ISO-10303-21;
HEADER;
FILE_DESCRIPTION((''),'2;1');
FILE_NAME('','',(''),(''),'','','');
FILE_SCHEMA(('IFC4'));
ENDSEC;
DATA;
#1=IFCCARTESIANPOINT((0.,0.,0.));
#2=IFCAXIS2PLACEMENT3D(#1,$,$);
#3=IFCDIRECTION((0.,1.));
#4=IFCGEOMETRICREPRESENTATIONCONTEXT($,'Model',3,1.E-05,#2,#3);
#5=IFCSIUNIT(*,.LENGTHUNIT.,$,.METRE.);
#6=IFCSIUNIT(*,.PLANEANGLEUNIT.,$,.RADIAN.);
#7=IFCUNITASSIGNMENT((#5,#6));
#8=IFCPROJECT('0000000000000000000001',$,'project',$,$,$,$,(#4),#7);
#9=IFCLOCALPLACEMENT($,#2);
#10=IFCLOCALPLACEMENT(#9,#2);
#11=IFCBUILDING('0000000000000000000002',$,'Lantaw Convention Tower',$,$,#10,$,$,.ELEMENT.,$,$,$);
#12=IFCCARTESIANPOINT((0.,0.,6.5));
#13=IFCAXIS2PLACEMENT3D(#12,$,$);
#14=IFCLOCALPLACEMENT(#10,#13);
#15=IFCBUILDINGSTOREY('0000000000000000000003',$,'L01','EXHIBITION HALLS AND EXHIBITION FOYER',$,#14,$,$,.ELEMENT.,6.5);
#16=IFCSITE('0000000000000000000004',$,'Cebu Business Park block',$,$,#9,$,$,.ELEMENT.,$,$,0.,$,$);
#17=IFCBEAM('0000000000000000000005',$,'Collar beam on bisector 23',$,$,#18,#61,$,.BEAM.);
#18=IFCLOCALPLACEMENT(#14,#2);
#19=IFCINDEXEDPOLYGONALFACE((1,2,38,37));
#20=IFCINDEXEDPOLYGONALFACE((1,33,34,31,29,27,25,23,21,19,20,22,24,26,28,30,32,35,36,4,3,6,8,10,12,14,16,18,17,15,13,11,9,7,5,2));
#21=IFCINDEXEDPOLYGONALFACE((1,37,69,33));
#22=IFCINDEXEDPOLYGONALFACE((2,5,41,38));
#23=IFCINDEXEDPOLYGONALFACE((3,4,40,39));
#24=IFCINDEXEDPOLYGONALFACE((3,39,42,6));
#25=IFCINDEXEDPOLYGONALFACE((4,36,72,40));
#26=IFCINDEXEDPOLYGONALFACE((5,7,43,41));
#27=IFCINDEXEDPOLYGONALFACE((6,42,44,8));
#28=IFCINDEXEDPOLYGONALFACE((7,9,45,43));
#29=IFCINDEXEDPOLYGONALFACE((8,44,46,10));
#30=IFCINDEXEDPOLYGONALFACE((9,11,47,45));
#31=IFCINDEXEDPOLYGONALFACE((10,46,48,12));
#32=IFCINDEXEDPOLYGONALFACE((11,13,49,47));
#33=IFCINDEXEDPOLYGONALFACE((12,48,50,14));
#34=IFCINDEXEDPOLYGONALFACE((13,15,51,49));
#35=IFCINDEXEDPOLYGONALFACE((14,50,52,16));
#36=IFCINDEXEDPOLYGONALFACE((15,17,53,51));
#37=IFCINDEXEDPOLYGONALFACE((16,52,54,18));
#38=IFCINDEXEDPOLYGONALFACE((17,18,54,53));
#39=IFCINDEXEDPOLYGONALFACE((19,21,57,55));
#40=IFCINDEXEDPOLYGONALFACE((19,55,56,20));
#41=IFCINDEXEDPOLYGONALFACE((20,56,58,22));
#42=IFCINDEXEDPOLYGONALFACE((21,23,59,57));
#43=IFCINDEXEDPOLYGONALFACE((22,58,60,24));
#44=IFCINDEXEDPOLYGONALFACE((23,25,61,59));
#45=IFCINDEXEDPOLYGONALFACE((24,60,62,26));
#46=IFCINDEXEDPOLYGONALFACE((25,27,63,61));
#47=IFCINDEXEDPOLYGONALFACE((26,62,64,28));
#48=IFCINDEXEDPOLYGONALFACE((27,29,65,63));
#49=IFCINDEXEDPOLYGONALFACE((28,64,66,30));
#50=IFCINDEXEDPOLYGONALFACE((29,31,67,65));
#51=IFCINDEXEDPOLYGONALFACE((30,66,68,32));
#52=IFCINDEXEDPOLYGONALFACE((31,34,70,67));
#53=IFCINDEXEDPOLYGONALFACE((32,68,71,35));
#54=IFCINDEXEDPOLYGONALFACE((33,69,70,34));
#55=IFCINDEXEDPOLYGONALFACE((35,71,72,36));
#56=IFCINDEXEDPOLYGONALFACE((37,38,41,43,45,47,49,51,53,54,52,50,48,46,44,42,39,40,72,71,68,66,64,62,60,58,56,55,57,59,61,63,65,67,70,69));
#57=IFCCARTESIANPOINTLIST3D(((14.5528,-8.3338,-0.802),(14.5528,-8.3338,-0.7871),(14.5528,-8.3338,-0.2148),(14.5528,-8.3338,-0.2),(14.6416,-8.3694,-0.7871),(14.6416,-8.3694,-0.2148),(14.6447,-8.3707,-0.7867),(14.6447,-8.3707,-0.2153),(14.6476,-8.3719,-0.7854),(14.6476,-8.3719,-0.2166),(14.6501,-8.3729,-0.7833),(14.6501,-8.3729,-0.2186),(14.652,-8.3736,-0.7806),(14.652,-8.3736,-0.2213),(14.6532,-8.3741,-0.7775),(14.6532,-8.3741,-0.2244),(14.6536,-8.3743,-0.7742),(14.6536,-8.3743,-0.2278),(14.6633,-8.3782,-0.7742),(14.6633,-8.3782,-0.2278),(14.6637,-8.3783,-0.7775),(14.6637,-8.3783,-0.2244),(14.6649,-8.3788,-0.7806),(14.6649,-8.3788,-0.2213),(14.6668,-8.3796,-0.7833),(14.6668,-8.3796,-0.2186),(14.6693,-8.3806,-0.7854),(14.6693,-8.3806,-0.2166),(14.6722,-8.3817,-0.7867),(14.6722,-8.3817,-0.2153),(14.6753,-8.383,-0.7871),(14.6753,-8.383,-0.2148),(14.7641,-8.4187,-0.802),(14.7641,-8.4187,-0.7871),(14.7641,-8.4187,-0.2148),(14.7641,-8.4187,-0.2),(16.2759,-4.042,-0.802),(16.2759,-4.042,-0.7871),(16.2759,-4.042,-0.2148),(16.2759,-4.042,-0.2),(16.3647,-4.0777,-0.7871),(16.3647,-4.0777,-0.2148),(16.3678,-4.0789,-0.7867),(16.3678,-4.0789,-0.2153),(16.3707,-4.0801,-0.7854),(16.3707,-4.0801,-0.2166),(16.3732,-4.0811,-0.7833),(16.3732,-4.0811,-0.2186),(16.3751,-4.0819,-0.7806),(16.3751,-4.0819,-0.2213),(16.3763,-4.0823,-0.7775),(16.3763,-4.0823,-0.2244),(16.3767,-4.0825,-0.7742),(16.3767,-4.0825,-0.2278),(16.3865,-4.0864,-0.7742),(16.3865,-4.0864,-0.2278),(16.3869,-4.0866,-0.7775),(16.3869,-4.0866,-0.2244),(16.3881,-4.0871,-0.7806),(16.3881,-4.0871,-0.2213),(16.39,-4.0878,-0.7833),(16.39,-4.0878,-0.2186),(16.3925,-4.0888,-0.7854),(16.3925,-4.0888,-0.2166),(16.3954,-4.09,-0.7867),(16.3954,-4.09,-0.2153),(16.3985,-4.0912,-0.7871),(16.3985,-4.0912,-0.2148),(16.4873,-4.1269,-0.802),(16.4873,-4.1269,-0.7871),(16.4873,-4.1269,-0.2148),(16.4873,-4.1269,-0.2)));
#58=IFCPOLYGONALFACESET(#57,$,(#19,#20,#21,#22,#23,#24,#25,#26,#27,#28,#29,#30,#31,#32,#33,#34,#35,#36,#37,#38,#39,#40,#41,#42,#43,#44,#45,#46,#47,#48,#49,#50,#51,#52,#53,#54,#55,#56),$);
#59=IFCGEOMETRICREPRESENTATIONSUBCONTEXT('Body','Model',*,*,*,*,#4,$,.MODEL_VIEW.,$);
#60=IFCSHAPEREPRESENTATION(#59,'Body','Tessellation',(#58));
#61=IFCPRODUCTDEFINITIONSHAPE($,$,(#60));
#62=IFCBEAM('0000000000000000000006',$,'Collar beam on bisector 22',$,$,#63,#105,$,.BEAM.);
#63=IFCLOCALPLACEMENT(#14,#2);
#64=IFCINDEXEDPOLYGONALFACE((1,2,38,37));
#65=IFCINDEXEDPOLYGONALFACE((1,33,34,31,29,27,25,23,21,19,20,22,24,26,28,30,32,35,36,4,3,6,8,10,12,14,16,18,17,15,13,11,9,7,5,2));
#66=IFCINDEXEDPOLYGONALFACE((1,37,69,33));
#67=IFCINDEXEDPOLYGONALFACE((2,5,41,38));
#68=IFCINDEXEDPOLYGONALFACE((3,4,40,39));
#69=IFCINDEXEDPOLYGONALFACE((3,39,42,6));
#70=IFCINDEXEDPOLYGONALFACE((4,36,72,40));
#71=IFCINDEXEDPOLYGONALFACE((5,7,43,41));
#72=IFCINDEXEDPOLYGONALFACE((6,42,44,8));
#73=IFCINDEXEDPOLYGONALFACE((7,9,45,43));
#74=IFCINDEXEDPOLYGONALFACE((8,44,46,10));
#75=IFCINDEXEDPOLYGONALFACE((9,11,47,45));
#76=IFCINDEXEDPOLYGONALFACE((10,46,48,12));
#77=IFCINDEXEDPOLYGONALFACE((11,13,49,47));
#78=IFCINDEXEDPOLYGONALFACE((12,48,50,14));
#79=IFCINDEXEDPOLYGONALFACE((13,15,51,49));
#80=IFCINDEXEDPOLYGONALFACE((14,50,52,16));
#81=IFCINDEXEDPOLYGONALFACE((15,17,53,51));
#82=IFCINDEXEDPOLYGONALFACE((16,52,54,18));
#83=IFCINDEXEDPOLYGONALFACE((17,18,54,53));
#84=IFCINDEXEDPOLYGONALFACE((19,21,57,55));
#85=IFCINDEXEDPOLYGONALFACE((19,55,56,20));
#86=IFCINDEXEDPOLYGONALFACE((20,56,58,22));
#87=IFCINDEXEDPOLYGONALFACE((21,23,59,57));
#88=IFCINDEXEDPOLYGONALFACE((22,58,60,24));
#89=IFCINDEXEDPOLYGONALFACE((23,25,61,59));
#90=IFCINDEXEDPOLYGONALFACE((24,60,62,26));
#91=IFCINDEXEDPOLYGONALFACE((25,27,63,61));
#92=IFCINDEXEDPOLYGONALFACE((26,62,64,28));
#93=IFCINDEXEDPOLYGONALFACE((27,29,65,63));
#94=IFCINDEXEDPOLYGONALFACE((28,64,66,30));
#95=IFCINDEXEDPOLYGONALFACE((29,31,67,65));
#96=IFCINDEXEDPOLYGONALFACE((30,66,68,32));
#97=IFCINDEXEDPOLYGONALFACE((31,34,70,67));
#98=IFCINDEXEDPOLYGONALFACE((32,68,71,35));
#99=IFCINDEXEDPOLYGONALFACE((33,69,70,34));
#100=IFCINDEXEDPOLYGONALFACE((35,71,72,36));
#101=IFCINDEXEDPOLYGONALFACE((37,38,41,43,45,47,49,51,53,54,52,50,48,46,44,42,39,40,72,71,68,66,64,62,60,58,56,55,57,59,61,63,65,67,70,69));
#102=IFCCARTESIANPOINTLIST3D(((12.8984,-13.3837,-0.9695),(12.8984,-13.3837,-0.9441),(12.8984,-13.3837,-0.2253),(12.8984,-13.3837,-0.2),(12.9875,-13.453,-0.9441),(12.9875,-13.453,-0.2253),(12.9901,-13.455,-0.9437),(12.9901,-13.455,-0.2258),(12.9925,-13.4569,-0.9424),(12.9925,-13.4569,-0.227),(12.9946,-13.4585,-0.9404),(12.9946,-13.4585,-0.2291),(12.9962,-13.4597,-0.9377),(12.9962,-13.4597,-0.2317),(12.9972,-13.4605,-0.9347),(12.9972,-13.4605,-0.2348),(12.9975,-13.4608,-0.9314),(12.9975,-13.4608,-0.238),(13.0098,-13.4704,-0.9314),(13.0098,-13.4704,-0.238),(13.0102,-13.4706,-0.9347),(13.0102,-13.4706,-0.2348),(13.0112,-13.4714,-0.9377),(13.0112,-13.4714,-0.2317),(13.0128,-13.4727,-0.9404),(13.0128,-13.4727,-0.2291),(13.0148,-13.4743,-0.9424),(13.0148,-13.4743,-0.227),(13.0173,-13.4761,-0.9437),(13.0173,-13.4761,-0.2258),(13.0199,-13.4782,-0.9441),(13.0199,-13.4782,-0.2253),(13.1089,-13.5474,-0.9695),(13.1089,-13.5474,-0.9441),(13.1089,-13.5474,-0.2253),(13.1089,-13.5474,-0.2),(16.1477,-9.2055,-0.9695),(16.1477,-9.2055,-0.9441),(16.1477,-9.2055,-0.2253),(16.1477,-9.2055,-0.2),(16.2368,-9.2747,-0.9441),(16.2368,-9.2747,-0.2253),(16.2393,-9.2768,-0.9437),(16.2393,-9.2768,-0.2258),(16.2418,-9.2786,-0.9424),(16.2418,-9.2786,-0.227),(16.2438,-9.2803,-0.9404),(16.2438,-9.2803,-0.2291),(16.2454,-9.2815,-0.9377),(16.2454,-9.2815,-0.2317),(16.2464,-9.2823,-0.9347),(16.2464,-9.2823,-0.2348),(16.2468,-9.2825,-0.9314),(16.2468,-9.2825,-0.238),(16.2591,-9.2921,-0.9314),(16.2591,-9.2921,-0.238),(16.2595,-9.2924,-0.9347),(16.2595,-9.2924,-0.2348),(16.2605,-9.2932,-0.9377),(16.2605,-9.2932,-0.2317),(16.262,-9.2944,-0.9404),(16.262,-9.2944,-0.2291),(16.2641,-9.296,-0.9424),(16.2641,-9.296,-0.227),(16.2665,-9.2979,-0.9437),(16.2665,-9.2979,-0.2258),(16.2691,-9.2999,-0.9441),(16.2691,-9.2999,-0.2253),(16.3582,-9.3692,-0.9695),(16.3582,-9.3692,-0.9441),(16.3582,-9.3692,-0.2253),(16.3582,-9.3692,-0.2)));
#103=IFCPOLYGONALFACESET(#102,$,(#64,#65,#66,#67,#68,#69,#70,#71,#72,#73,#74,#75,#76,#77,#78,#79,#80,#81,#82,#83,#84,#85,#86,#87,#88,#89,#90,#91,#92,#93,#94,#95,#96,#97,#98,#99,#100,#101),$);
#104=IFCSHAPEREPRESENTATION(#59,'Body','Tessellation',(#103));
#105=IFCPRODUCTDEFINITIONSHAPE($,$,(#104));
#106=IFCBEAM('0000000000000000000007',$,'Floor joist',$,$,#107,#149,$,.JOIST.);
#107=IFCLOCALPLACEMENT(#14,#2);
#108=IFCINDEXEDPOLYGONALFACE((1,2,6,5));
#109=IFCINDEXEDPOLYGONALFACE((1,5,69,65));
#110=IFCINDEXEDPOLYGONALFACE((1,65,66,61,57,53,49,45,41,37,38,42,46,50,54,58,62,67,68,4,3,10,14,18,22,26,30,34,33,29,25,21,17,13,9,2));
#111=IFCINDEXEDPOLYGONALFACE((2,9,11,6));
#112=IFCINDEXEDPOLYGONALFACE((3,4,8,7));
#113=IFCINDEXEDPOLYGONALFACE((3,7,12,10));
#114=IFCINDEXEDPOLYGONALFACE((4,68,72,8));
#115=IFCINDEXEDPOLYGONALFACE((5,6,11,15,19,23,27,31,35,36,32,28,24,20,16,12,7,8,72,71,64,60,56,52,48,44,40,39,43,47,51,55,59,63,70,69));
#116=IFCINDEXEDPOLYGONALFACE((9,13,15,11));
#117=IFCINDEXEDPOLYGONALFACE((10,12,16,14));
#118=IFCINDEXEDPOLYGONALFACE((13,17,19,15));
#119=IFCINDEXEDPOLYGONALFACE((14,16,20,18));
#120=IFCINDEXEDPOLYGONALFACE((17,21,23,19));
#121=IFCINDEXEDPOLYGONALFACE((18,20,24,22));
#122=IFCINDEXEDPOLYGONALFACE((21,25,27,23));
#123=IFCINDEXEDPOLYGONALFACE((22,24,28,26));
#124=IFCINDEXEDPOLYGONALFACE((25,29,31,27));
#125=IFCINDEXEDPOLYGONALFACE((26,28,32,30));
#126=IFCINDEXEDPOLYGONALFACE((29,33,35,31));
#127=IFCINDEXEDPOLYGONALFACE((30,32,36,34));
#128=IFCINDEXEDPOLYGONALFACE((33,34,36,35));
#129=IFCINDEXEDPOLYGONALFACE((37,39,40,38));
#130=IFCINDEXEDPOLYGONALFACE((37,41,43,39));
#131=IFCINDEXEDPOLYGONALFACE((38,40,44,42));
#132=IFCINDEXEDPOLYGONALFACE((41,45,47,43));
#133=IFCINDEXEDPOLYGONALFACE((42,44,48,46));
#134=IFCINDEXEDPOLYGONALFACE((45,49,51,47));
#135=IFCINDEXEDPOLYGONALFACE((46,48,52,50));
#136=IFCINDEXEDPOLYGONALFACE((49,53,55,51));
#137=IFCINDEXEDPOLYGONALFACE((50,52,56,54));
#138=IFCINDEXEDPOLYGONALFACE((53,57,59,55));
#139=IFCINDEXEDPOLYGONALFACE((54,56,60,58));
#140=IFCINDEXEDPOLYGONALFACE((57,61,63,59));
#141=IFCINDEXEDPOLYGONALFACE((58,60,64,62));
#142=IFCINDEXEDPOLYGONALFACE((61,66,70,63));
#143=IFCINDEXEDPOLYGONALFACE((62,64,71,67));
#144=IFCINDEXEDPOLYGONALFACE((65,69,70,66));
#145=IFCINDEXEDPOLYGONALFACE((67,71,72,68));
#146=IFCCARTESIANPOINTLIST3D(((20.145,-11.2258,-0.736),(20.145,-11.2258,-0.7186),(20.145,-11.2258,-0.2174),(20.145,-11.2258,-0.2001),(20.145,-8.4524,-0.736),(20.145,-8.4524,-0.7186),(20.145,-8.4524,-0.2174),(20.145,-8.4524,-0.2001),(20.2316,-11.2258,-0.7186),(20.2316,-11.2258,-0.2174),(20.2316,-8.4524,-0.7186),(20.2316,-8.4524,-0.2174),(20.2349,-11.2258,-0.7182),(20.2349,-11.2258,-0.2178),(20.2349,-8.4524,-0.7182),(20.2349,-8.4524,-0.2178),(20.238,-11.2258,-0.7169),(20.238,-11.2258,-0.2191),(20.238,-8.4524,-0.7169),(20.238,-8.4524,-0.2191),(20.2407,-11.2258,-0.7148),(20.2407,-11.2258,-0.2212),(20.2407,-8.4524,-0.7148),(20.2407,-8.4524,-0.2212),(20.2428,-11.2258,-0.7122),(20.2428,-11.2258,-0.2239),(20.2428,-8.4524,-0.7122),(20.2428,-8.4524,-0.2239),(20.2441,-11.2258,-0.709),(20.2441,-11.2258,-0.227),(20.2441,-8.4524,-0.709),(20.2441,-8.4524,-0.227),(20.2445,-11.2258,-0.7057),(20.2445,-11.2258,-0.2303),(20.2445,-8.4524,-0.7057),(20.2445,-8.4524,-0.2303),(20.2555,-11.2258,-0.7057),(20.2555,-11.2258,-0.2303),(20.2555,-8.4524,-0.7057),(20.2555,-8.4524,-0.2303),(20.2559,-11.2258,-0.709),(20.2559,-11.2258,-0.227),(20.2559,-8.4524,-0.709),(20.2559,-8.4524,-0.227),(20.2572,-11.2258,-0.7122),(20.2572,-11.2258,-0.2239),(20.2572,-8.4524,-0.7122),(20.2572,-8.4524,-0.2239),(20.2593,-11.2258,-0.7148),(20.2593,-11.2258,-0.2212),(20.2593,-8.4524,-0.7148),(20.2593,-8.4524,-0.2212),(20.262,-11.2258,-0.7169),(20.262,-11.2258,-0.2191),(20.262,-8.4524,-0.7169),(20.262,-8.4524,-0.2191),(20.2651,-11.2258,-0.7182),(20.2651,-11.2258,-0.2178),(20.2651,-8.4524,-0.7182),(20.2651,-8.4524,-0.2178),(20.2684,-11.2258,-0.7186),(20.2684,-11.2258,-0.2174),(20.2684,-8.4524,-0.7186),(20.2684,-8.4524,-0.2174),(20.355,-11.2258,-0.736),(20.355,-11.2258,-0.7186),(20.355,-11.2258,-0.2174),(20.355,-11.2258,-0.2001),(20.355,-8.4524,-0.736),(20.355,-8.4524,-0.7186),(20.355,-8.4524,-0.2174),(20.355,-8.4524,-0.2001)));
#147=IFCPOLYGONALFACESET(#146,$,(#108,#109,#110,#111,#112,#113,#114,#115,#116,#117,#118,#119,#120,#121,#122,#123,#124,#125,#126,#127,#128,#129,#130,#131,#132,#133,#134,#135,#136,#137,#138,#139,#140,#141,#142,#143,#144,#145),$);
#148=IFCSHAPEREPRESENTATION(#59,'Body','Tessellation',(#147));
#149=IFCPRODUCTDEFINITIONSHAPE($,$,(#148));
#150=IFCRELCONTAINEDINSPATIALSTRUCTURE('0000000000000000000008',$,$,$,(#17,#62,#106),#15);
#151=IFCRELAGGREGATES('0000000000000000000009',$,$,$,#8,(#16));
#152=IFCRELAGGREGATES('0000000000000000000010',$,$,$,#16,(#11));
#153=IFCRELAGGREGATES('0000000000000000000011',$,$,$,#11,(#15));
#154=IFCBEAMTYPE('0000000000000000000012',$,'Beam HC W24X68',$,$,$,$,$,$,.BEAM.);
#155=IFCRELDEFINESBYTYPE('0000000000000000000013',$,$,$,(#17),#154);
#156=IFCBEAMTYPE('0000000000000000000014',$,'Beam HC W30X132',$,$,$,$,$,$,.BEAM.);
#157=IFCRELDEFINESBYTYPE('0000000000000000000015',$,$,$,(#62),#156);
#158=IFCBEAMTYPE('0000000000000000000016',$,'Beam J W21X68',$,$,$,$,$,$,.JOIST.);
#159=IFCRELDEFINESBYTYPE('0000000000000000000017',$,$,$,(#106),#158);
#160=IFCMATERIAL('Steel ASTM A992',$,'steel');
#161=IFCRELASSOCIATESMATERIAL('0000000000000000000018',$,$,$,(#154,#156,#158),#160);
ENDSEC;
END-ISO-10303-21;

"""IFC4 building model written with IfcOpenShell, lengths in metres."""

from ifc_helpers import new_model, si_unit, direction, frame, origin, origin_2d, place, context, subcontext, project, spatial, i_section, extrude, material, material_profile, profile_set, type_object, element, save


model = new_model("IFC4")

# Units and contexts
model_context = context("Model", 3, precision=1e-05, world=origin(), true_north=direction((0.0, 1.0)))
body_context = subcontext(model_context, "Body", "Model", "MODEL_VIEW")
ifc_project = project(units=[si_unit("LENGTHUNIT", "METRE"), si_unit("PLANEANGLEUNIT", "RADIAN")], contexts=[model_context])

# Site, building, storey
site_placement = place(None, origin())
site = spatial("IfcSite", under=ifc_project, at=site_placement, Name="Cebu Business Park block", CompositionType="ELEMENT", RefElevation=0.0)
building_placement = place(site_placement, origin())
building = spatial("IfcBuilding", under=site, at=building_placement, Name="Lantaw Convention Tower", CompositionType="ELEMENT")
storey_placement = place(building_placement, frame((0.0, 0.0, 6.5)))
storey = spatial("IfcBuildingStorey", under=building, at=storey_placement, Name="L01", Description="EXHIBITION HALLS AND EXHIBITION FOYER", CompositionType="ELEMENT", Elevation=6.5)

# Beams
ifc_material_1 = material(Name="Steel ASTM A992", Category="steel")
ifc_material_profile_1 = material_profile(ifc_material_1, i_section(OverallWidth=0.2278, OverallDepth=0.6021, WebThickness=0.0105, FlangeThickness=0.0149, FilletRadius=0.0129, at=origin_2d()), Name="W24X68")
ifc_profile_set_1 = profile_set([ifc_material_profile_1], Name="Steel ASTM A992")
beam_type_1 = type_object("IfcBeamType", Name="Beam HC W24X68", PredefinedType="BEAM", material=ifc_profile_set_1)
beam_1_placement = place(storey_placement, frame((14.6584, -8.3762, -0.501), z_axis=(0.372592, 0.927995, 0.0), x_axis=(-0.927995, 0.372592, 0.0)))
element("IfcBeam", 1, at=beam_1_placement, inside=storey, type_object=beam_type_1, Name="Collar beam on bisector 23", PredefinedType="BEAM", context=body_context, shape_type="SweptSolid", body=[
    extrude(i_section(OverallWidth=0.2278, OverallDepth=0.6021, WebThickness=0.0105, FlangeThickness=0.0149, FilletRadius=0.0129, at=origin_2d()), origin(), (0.0, 0.0, 1.0), 4.6248),
])
ifc_material_profile_2 = material_profile(ifc_material_1, i_section(OverallWidth=0.2666, OverallDepth=0.7695, WebThickness=0.0156, FlangeThickness=0.0254, FilletRadius=0.0127, at=origin_2d()), Name="W30X132")
ifc_profile_set_2 = profile_set([ifc_material_profile_2], Name="Steel ASTM A992")
beam_type_2 = type_object("IfcBeamType", Name="Beam HC W30X132", PredefinedType="BEAM", material=ifc_profile_set_2)
beam_2_placement = place(storey_placement, frame((13.0037, -13.4656, -0.5847), z_axis=(0.613886, 0.789394, 0.0), x_axis=(-0.789394, 0.613886, 0.0)))
element("IfcBeam", 2, at=beam_2_placement, inside=storey, type_object=beam_type_2, Name="Collar beam on bisector 22", PredefinedType="BEAM", context=body_context, shape_type="SweptSolid", body=[
    extrude(i_section(OverallWidth=0.2666, OverallDepth=0.7695, WebThickness=0.0156, FlangeThickness=0.0254, FilletRadius=0.0127, at=origin_2d()), origin(), (0.0, 0.0, 1.0), 5.293),
])
ifc_material_profile_3 = material_profile(ifc_material_1, i_section(OverallWidth=0.21, OverallDepth=0.5359, WebThickness=0.011, FlangeThickness=0.0173, FilletRadius=0.0129, at=origin_2d()), Name="W21X68")
ifc_profile_set_3 = profile_set([ifc_material_profile_3], Name="Steel ASTM A992")
beam_type_3 = type_object("IfcBeamType", Name="Beam J W21X68", PredefinedType="JOIST", material=ifc_profile_set_3)
beam_3_placement = place(storey_placement, frame((20.25, -11.2258, -0.468), z_axis=(0.0, 1.0, 0.0), x_axis=(-1.0, 0.0, 0.0)))
element("IfcBeam", 3, at=beam_3_placement, inside=storey, type_object=beam_type_3, Name="Floor joist", PredefinedType="JOIST", context=body_context, shape_type="SweptSolid", body=[
    extrude(i_section(OverallWidth=0.21, OverallDepth=0.5359, WebThickness=0.011, FlangeThickness=0.0173, FilletRadius=0.0129, at=origin_2d()), origin(), (0.0, 0.0, 1.0), 2.7734),
])

save(model, "model.ifc")
